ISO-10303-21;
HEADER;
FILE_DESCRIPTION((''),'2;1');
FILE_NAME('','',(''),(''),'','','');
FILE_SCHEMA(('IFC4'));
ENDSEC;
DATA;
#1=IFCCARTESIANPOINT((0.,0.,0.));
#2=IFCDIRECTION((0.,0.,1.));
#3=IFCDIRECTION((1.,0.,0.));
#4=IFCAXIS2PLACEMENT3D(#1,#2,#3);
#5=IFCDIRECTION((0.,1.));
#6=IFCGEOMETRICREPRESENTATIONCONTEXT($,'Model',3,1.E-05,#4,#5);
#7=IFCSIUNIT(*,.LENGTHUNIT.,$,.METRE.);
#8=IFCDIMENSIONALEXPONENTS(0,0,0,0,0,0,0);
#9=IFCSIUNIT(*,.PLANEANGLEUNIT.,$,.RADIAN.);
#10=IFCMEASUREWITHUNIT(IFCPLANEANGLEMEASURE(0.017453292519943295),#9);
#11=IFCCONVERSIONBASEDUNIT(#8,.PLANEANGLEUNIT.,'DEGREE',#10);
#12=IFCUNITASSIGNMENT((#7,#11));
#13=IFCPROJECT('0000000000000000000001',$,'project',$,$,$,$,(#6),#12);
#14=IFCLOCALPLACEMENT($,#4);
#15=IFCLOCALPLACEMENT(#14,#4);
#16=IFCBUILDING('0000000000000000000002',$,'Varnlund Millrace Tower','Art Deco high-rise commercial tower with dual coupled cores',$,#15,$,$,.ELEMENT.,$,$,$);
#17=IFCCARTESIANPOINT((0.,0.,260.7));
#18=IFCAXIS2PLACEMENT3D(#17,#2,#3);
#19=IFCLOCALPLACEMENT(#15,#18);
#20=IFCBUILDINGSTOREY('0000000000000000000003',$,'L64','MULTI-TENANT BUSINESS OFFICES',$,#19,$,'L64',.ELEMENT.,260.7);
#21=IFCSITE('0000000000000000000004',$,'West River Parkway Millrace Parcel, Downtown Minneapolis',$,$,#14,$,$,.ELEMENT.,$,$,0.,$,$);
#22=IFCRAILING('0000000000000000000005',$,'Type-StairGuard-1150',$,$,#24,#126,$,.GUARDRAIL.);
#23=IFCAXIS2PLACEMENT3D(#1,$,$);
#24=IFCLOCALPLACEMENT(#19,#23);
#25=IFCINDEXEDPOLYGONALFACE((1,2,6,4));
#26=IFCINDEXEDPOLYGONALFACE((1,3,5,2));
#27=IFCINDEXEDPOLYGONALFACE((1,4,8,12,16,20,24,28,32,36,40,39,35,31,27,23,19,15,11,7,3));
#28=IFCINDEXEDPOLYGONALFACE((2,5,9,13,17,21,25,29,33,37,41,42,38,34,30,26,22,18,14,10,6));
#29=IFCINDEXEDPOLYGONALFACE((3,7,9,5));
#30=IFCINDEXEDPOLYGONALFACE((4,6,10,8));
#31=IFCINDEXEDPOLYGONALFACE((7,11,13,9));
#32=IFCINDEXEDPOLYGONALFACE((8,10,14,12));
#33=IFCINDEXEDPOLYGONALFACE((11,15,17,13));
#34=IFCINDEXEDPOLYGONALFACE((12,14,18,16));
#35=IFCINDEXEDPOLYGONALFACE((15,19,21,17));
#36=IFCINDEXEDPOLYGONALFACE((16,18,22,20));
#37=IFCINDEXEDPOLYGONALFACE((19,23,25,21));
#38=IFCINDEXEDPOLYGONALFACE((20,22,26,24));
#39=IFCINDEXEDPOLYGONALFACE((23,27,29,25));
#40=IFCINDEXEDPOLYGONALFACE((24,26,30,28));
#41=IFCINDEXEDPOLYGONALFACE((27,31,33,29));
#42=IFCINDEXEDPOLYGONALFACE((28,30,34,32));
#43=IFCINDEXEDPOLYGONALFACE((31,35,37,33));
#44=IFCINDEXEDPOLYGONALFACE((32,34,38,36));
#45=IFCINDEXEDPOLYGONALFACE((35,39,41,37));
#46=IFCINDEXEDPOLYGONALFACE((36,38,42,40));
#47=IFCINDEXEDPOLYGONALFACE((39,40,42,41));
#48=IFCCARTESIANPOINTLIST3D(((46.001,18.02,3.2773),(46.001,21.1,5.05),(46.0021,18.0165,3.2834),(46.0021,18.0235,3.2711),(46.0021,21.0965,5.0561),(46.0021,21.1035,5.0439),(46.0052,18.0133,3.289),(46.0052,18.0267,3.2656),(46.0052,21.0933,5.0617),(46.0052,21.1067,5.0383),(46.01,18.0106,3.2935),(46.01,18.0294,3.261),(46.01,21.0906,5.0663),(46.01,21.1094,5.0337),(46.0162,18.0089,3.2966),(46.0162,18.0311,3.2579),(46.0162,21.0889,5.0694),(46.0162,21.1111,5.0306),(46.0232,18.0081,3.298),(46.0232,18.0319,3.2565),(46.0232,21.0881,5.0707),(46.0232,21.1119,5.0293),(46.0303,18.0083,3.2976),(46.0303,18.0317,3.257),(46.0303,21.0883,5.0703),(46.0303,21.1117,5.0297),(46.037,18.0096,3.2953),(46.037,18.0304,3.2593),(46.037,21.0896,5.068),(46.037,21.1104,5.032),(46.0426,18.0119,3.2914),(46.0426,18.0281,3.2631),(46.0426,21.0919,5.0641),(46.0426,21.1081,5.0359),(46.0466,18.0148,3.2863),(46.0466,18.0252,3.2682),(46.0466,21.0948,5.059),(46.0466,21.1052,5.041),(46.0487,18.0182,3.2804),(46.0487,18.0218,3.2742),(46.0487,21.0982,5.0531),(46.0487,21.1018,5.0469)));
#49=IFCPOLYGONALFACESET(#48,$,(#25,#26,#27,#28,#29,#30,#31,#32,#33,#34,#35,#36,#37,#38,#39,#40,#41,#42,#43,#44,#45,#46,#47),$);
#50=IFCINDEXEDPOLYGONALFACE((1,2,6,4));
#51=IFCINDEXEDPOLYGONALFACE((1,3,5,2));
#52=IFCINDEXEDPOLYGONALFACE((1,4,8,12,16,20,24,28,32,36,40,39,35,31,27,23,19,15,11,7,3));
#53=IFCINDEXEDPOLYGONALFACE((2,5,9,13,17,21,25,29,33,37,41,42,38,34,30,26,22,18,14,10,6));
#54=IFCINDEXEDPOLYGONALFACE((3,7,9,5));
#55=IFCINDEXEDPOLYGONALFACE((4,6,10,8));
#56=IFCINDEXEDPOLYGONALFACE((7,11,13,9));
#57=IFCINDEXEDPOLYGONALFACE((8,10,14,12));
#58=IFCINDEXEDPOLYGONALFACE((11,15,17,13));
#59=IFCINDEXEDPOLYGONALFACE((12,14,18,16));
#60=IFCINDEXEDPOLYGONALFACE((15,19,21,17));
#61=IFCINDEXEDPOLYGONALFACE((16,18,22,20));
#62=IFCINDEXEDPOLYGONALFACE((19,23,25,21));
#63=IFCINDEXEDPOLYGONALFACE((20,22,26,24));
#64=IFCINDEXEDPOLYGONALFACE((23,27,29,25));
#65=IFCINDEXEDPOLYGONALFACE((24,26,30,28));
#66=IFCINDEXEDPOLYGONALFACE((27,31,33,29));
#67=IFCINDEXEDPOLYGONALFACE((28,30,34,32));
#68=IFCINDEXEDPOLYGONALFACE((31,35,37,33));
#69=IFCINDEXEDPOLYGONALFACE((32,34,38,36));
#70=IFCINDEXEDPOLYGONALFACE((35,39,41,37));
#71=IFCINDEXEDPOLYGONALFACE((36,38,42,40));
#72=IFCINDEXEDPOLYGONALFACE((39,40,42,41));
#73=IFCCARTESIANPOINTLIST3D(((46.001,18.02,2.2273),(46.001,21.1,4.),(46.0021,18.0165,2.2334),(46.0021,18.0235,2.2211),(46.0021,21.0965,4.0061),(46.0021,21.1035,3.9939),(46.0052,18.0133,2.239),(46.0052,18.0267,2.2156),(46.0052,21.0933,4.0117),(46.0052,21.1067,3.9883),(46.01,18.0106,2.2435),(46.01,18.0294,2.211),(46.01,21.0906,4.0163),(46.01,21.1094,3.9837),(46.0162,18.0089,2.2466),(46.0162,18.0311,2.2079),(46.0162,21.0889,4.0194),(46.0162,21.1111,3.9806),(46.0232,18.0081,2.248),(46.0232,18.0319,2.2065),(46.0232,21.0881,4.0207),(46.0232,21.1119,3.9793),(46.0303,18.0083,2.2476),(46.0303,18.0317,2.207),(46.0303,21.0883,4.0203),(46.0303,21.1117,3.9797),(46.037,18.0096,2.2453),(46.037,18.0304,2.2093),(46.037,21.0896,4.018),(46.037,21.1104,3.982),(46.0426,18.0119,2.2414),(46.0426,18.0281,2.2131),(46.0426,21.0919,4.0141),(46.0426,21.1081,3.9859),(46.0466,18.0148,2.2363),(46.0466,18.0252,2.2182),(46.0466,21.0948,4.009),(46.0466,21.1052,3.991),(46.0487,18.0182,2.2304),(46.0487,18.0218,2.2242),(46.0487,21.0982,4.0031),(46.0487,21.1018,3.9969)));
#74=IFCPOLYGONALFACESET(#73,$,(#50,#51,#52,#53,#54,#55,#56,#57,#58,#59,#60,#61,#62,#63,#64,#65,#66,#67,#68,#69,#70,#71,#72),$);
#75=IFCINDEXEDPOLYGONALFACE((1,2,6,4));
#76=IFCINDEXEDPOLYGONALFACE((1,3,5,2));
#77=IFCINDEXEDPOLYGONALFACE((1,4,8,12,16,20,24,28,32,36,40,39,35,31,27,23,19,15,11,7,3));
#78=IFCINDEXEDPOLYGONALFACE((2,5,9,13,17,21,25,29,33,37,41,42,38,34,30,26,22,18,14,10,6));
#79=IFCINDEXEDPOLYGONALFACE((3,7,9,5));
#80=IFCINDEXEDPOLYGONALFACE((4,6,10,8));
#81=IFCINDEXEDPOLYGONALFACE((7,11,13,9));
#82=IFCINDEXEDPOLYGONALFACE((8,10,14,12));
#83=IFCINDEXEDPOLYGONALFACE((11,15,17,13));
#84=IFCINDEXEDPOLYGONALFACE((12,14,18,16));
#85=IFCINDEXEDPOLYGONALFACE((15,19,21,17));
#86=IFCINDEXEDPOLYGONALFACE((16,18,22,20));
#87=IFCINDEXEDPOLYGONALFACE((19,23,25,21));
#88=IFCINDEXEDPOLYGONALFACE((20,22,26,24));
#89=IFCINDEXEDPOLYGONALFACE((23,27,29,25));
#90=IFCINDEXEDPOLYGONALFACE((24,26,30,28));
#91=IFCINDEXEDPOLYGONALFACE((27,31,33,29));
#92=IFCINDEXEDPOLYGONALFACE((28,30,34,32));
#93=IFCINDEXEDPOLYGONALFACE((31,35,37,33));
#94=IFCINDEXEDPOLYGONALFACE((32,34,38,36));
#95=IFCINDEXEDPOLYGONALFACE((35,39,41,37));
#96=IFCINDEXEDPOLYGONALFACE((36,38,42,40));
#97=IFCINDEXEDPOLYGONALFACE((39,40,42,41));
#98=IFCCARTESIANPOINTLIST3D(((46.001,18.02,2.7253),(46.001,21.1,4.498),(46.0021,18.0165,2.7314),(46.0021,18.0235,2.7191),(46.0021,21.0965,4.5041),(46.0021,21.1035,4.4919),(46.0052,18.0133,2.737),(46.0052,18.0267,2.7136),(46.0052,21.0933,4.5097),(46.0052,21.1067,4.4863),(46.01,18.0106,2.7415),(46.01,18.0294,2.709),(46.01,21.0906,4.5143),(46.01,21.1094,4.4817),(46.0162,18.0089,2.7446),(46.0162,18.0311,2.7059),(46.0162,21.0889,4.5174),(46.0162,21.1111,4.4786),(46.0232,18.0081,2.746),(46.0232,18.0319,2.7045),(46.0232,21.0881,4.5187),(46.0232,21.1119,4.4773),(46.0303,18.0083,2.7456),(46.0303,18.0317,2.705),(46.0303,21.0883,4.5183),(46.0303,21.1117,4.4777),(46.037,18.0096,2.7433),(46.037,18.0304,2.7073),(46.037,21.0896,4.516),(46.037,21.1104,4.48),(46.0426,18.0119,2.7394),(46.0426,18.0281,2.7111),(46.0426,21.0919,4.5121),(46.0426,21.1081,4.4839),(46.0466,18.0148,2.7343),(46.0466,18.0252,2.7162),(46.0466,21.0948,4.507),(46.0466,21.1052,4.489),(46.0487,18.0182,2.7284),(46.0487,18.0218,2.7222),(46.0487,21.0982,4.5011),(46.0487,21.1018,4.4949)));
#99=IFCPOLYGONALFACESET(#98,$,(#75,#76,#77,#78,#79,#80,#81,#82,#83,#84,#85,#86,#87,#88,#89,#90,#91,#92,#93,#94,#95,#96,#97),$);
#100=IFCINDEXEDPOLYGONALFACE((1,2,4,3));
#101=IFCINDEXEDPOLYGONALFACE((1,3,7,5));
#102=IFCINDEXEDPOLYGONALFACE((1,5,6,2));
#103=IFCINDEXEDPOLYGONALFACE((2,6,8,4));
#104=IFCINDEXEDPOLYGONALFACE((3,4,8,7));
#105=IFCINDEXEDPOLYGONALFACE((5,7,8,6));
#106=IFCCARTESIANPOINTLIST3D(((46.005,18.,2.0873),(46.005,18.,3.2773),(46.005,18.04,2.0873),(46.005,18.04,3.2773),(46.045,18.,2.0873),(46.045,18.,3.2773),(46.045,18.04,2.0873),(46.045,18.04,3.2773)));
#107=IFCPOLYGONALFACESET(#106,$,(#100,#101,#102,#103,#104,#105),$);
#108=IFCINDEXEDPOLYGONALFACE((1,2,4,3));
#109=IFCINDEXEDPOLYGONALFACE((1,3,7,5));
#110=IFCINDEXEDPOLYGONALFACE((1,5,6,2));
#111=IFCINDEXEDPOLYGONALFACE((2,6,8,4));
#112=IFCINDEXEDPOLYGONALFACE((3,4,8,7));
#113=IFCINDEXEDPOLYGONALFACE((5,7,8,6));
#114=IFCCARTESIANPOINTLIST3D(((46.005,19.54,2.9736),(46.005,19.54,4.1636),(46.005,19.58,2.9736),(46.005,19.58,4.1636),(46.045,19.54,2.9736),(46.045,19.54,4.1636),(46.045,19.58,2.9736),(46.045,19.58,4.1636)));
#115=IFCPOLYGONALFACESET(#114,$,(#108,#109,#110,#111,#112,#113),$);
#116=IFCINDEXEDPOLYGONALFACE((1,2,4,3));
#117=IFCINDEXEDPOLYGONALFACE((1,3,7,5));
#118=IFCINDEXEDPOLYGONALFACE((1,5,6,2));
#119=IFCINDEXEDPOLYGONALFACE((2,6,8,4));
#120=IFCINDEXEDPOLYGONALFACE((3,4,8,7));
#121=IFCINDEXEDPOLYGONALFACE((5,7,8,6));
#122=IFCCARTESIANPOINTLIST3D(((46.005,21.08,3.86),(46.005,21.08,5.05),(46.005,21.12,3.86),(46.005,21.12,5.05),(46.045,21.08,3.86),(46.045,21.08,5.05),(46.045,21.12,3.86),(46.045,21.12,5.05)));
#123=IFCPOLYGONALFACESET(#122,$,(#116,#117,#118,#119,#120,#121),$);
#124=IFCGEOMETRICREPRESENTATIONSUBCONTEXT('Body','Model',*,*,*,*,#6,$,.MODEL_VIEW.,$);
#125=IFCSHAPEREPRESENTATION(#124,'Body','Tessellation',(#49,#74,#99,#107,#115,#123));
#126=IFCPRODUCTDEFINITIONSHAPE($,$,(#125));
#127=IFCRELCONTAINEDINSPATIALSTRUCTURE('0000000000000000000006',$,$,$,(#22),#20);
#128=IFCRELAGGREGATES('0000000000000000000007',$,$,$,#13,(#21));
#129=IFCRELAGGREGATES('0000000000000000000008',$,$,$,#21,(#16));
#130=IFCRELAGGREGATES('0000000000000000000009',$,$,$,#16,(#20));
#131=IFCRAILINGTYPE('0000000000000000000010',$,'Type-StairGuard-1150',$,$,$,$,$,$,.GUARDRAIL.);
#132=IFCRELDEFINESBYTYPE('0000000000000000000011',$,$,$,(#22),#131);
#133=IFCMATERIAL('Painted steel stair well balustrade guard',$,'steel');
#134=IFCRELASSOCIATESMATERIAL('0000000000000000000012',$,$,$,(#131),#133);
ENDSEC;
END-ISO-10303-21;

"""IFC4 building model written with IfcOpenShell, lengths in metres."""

from ifc_helpers import new_model, entity, si_unit, converted_unit, direction, frame, origin_with_axes, origin_2d_with_axis, place, context, subcontext, project, spatial, rectangle, circle, extrude, material, type_object, element, save


model = new_model("IFC4")

# Units and contexts
model_context = context("Model", 3, precision=1e-05, world=origin_with_axes(), true_north=direction((0.0, 1.0)))
body_context = subcontext(model_context, "Body", "Model", "MODEL_VIEW")
ifc_project = project(units=[si_unit("LENGTHUNIT", "METRE"), converted_unit("PLANEANGLEUNIT", "DEGREE", entity("IfcPlaneAngleMeasure", 0.017453292519943295), si_unit("PLANEANGLEUNIT", "RADIAN"), dimensions=[0, 0, 0, 0, 0, 0, 0])], contexts=[model_context])

# Site, building, storey
site_placement = place(None, origin_with_axes())
site = spatial("IfcSite", under=ifc_project, at=site_placement, Name="West River Parkway Millrace Parcel, Downtown Minneapolis", CompositionType="ELEMENT", RefElevation=0.0)
building_placement = place(site_placement, origin_with_axes())
building = spatial("IfcBuilding", under=site, at=building_placement, Name="Varnlund Millrace Tower", Description="Art Deco high-rise commercial tower with dual coupled cores", CompositionType="ELEMENT")
storey_placement = place(building_placement, frame((0.0, 0.0, 260.7), z_axis=(0.0, 0.0, 1.0), x_axis=(1.0, 0.0, 0.0)))
storey = spatial("IfcBuildingStorey", under=building, at=storey_placement, Name="L64", Description="MULTI-TENANT BUSINESS OFFICES", LongName="L64", CompositionType="ELEMENT", Elevation=260.7)

# Railing
ifc_material_1 = material(Name="Painted steel stair well balustrade guard", Category="steel")
railing_type_1 = type_object("IfcRailingType", Name="Type-StairGuard-1150", PredefinedType="GUARDRAIL", material=ifc_material_1)
railing_1_placement = place(storey_placement, frame((0.0, 0.0, -260.7), z_axis=(0.0, 0.0, 1.0), x_axis=(1.0, 0.0, 0.0)))
element("IfcRailing", 1, at=railing_1_placement, inside=storey, type_object=railing_type_1, Name="Type-StairGuard-1150", PredefinedType="GUARDRAIL", context=body_context, shape_type="SweptSolid", body=[
    extrude(circle(Radius=0.024, at=origin_2d_with_axis()), frame((46.025, 18.02, 263.9773), z_axis=(0.0, 0.866696, 0.498836), x_axis=(-1.0, 0.0, 0.0)), (0.0, 0.0, 1.0), 3.5537),
    extrude(circle(Radius=0.024, at=origin_2d_with_axis()), frame((46.025, 18.02, 262.9273), z_axis=(0.0, 0.866696, 0.498836), x_axis=(-1.0, 0.0, 0.0)), (0.0, 0.0, 1.0), 3.5537),
    extrude(circle(Radius=0.024, at=origin_2d_with_axis()), frame((46.025, 18.02, 263.4253), z_axis=(0.0, 0.866696, 0.498836), x_axis=(-1.0, 0.0, 0.0)), (0.0, 0.0, 1.0), 3.5537),
    extrude(rectangle(XDim=0.04, YDim=0.04, at=origin_2d_with_axis()), frame((46.025, 18.02, 262.7873), z_axis=(0.0, 0.0, 1.0), x_axis=(1.0, 0.0, 0.0)), (0.0, 0.0, 1.0), 1.19),
    extrude(rectangle(XDim=0.04, YDim=0.04, at=origin_2d_with_axis()), frame((46.025, 19.56, 263.6736), z_axis=(0.0, 0.0, 1.0), x_axis=(1.0, 0.0, 0.0)), (0.0, 0.0, 1.0), 1.19),
    extrude(rectangle(XDim=0.04, YDim=0.04, at=origin_2d_with_axis()), frame((46.025, 21.1, 264.56), z_axis=(0.0, 0.0, 1.0), x_axis=(1.0, 0.0, 0.0)), (0.0, 0.0, 1.0), 1.19),
])

save(model, "model.ifc")
